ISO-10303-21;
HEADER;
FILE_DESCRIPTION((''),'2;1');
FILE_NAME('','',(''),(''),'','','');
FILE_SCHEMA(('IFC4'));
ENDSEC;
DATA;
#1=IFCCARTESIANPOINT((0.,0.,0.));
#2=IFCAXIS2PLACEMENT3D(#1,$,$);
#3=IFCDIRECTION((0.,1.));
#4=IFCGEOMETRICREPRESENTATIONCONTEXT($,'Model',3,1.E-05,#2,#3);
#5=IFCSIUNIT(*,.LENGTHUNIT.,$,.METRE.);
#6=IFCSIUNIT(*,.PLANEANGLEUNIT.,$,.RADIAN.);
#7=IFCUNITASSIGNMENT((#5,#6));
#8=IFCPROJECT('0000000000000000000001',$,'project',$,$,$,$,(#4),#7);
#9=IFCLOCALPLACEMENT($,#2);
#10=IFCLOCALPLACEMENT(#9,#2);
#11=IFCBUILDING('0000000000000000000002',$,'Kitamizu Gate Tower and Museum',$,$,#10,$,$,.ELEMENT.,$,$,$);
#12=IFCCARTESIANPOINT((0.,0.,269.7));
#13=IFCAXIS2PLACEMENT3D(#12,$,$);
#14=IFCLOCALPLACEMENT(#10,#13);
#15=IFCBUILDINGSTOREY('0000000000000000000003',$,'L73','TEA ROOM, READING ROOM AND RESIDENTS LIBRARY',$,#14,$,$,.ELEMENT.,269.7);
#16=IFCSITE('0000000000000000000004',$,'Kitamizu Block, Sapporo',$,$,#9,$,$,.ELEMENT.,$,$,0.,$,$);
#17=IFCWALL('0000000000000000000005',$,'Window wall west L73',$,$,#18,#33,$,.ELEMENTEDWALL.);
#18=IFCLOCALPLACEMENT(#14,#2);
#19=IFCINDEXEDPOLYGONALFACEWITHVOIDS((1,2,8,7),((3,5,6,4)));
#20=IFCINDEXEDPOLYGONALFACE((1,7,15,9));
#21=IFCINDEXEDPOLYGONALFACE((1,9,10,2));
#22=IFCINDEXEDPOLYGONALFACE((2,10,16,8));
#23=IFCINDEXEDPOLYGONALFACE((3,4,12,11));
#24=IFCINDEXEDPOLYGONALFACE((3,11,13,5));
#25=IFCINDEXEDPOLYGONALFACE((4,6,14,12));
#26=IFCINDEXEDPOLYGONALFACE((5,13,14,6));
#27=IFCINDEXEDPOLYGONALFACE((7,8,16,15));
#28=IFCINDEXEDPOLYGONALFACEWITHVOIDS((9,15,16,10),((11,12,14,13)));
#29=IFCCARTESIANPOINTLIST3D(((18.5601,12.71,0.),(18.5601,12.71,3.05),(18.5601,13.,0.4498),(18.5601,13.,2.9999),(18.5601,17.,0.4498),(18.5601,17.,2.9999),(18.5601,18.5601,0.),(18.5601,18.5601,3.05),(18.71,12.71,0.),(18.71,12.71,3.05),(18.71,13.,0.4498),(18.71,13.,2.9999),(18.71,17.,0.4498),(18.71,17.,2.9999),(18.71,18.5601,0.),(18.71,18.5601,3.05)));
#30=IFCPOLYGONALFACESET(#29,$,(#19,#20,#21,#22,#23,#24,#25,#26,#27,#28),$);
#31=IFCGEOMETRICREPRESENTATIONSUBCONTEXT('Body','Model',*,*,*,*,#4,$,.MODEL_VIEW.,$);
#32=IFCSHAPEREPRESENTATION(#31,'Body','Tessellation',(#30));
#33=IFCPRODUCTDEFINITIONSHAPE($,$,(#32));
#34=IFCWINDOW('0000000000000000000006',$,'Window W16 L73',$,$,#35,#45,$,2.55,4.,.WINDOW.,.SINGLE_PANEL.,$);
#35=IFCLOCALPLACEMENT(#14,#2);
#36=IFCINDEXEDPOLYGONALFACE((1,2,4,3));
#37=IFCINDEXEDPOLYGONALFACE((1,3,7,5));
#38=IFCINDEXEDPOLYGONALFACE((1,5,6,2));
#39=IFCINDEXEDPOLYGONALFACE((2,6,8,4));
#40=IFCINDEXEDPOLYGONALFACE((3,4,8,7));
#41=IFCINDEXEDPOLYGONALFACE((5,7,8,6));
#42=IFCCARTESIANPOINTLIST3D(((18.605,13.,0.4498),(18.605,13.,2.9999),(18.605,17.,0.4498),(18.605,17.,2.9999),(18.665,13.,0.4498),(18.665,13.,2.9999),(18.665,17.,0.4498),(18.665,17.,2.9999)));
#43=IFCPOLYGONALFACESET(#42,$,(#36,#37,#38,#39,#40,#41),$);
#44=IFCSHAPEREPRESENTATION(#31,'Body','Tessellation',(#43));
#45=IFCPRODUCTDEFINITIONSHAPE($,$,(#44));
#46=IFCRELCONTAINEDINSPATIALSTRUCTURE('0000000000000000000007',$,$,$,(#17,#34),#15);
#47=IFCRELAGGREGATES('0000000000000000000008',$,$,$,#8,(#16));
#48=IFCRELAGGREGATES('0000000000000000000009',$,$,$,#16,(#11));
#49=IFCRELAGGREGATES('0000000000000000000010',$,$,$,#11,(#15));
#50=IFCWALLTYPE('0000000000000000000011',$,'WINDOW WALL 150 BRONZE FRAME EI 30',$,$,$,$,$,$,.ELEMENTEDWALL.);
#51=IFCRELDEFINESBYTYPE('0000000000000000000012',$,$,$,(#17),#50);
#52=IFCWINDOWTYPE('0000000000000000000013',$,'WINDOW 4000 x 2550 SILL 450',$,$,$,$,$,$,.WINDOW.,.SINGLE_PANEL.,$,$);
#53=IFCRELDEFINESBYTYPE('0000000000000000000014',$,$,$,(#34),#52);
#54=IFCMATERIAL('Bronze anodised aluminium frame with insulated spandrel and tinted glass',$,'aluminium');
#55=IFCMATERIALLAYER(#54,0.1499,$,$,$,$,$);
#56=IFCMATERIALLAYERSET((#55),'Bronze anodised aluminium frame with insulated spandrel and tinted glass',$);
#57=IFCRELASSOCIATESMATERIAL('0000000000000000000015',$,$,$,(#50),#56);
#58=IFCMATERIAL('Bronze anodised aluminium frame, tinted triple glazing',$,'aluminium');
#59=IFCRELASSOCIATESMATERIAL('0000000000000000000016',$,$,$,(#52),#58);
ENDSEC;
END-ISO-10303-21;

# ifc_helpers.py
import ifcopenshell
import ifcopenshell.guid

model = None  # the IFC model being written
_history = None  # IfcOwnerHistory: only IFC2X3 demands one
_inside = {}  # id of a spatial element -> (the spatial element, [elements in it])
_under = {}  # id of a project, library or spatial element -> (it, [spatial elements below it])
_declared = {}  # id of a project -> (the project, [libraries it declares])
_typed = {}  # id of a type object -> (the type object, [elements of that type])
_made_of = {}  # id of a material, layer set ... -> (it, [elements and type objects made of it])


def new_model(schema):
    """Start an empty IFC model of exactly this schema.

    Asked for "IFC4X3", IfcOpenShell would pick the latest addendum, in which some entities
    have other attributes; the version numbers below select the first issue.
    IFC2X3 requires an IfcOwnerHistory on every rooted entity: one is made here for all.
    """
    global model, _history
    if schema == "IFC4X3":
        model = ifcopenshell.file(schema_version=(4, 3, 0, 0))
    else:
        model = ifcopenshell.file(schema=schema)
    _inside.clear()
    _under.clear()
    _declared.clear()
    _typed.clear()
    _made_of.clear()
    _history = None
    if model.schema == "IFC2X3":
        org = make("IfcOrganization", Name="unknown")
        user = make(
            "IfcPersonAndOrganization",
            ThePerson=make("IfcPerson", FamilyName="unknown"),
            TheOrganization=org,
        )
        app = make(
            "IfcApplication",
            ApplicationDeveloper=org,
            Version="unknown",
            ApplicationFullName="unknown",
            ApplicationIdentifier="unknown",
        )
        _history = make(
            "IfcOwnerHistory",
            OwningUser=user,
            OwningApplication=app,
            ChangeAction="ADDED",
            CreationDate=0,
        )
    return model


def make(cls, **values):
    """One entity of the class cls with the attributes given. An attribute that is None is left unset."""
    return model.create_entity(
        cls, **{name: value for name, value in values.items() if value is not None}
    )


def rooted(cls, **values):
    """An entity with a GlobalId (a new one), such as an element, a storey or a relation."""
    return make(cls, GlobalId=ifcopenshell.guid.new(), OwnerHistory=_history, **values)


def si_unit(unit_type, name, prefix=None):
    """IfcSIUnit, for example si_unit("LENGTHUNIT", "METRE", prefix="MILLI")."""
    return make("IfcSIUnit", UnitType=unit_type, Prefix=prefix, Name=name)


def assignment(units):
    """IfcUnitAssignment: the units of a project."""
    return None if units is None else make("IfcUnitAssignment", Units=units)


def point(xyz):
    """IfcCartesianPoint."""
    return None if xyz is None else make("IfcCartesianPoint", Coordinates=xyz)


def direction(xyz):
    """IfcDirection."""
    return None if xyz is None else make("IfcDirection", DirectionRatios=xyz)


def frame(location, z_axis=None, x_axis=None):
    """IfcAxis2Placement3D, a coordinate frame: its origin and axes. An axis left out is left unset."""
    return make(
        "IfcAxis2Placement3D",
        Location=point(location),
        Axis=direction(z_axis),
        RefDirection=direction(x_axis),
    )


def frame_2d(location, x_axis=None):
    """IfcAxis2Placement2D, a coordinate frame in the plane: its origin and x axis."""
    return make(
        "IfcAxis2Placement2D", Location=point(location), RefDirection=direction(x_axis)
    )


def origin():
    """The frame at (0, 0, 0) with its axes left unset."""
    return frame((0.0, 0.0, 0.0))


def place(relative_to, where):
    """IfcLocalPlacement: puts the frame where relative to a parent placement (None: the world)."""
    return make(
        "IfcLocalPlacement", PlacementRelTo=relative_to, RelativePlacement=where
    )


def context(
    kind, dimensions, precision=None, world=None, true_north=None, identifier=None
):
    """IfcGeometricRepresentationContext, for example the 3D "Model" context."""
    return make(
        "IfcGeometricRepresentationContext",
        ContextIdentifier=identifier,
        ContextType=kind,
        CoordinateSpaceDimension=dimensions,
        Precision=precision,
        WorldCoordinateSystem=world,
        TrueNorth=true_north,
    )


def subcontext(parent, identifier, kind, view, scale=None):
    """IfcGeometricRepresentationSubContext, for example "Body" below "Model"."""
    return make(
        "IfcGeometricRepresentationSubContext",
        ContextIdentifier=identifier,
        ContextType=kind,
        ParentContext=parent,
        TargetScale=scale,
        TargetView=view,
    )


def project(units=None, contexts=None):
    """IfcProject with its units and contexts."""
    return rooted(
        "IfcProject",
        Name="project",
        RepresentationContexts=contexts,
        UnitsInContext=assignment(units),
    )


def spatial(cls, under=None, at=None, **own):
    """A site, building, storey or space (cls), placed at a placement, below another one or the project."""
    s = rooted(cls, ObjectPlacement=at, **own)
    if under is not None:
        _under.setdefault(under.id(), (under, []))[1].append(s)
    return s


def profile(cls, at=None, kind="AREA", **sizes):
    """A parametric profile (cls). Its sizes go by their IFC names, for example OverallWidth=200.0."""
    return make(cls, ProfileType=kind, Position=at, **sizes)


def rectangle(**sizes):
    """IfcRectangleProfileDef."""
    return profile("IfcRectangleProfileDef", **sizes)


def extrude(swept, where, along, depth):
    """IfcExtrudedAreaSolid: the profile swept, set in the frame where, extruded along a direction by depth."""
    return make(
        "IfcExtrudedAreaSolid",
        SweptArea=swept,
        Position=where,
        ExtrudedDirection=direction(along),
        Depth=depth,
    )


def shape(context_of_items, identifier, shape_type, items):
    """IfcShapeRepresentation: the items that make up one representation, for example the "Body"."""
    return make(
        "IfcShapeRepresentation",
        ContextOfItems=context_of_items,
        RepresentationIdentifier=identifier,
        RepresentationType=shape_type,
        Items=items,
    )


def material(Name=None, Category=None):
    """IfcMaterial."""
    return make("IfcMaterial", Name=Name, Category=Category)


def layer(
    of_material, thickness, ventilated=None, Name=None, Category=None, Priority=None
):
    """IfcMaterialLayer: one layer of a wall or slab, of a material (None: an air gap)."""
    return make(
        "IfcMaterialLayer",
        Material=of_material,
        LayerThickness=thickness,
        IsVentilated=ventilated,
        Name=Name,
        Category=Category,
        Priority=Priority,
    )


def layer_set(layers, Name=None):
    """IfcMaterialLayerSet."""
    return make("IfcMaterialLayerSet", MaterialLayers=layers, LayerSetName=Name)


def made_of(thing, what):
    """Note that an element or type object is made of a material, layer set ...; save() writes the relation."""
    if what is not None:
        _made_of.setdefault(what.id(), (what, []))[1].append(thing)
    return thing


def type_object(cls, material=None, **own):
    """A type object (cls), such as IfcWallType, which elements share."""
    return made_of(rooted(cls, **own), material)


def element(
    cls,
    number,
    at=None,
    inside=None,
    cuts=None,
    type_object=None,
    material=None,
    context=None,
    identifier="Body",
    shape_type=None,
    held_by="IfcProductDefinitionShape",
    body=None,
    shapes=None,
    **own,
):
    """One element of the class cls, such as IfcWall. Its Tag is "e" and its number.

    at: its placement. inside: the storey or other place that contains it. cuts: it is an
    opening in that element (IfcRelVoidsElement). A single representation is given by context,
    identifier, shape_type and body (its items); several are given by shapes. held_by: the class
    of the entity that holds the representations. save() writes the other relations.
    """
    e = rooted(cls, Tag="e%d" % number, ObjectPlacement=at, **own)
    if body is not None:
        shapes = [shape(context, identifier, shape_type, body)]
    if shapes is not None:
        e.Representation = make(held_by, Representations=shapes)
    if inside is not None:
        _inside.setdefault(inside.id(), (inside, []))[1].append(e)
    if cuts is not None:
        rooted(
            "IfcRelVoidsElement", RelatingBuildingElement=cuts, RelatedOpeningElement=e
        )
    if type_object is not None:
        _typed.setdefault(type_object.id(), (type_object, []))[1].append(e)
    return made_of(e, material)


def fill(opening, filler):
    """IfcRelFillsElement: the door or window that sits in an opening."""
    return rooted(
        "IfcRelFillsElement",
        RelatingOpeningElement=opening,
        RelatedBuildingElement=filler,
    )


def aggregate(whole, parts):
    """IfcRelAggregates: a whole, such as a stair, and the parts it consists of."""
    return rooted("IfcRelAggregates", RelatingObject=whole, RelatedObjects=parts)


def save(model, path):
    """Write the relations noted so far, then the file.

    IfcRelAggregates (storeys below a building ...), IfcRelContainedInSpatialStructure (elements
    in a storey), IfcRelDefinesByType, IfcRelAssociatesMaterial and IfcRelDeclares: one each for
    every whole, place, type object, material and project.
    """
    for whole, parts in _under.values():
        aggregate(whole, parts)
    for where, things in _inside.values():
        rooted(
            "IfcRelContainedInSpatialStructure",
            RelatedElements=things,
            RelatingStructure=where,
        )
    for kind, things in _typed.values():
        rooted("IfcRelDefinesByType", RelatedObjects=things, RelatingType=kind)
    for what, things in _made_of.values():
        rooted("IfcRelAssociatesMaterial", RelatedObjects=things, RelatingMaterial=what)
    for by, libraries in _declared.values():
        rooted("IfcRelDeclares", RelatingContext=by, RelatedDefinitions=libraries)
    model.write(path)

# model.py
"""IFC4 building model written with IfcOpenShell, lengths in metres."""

from ifc_helpers import new_model, si_unit, direction, frame, frame_2d, origin, place, context, subcontext, project, spatial, rectangle, extrude, material, layer, layer_set, type_object, element, fill, save


model = new_model("IFC4")

# Units and contexts
model_context = context("Model", 3, precision=1e-05, world=origin(), true_north=direction((0.0, 1.0)))
body_context = subcontext(model_context, "Body", "Model", "MODEL_VIEW")
ifc_project = project(units=[si_unit("LENGTHUNIT", "METRE"), si_unit("PLANEANGLEUNIT", "RADIAN")], contexts=[model_context])

# Site, building, storey
site_placement = place(None, origin())
site = spatial("IfcSite", under=ifc_project, at=site_placement, Name="Kitamizu Block, Sapporo", CompositionType="ELEMENT", RefElevation=0.0)
building_placement = place(site_placement, origin())
building = spatial("IfcBuilding", under=site, at=building_placement, Name="Kitamizu Gate Tower and Museum", CompositionType="ELEMENT")
storey_placement = place(building_placement, frame((0.0, 0.0, 269.7)))
storey = spatial("IfcBuildingStorey", under=building, at=storey_placement, Name="L73", Description="TEA ROOM, READING ROOM AND RESIDENTS LIBRARY", CompositionType="ELEMENT", Elevation=269.7)

# Shared definitions
ifc_material_1 = material(Name="Bronze anodised aluminium frame with insulated spandrel and tinted glass", Category="aluminium")
ifc_layer_1 = layer(ifc_material_1, 0.1499)
ifc_layer_set_1 = layer_set([ifc_layer_1], Name="Bronze anodised aluminium frame with insulated spandrel and tinted glass")
wall_type_1 = type_object("IfcWallType", Name="WINDOW WALL 150 BRONZE FRAME EI 30", PredefinedType="ELEMENTEDWALL", material=ifc_layer_set_1)

# Wall, opening, window
wall_1_placement = place(storey_placement, frame((18.635, 12.71, 0.0), z_axis=(0.0, 0.0, 1.0), x_axis=(0.0, 1.0, 0.0)))
wall_1 = element("IfcWall", 1, at=wall_1_placement, inside=storey, type_object=wall_type_1, Name="Window wall west L73", PredefinedType="ELEMENTEDWALL", context=body_context, shape_type="SweptSolid", body=[
    extrude(rectangle(XDim=5.8501, YDim=0.1499, at=frame_2d((2.925, 0.0))), origin(), (0.0, 0.0, 1.0), 3.05),
])
opening_1_placement = place(wall_1_placement, frame((0.29, 0.0, 0.45)))
opening_1 = element("IfcOpeningElement", 2, at=opening_1_placement, cuts=wall_1, PredefinedType="OPENING", context=body_context, shape_type="SweptSolid", body=[
    extrude(rectangle(XDim=4.0, YDim=2.55, at=frame_2d((2.0, 1.2749))), frame((0.0, 0.085, 0.0), z_axis=(0.0, -1.0, 0.0), x_axis=(1.0, 0.0, 0.0)), (0.0, 0.0, 1.0), 0.1699),
])
ifc_material_2 = material(Name="Bronze anodised aluminium frame, tinted triple glazing", Category="aluminium")
window_type_1 = type_object("IfcWindowType", Name="WINDOW 4000 x 2550 SILL 450", PartitioningType="SINGLE_PANEL", PredefinedType="WINDOW", material=ifc_material_2)
window_1_placement = place(opening_1_placement, origin())
window_1 = element("IfcWindow", 3, at=window_1_placement, inside=storey, type_object=window_type_1, Name="Window W16 L73", OverallHeight=2.55, OverallWidth=4.0, PartitioningType="SINGLE_PANEL", PredefinedType="WINDOW", context=body_context, shape_type="SweptSolid", body=[
    extrude(rectangle(XDim=4.0, YDim=2.55, at=frame_2d((2.0, 1.2749))), frame((0.0, 0.03, 0.0), z_axis=(0.0, -1.0, 0.0), x_axis=(1.0, 0.0, 0.0)), (0.0, 0.0, 1.0), 0.0601),
])
fill(opening_1, window_1)

save(model, "model.ifc")
